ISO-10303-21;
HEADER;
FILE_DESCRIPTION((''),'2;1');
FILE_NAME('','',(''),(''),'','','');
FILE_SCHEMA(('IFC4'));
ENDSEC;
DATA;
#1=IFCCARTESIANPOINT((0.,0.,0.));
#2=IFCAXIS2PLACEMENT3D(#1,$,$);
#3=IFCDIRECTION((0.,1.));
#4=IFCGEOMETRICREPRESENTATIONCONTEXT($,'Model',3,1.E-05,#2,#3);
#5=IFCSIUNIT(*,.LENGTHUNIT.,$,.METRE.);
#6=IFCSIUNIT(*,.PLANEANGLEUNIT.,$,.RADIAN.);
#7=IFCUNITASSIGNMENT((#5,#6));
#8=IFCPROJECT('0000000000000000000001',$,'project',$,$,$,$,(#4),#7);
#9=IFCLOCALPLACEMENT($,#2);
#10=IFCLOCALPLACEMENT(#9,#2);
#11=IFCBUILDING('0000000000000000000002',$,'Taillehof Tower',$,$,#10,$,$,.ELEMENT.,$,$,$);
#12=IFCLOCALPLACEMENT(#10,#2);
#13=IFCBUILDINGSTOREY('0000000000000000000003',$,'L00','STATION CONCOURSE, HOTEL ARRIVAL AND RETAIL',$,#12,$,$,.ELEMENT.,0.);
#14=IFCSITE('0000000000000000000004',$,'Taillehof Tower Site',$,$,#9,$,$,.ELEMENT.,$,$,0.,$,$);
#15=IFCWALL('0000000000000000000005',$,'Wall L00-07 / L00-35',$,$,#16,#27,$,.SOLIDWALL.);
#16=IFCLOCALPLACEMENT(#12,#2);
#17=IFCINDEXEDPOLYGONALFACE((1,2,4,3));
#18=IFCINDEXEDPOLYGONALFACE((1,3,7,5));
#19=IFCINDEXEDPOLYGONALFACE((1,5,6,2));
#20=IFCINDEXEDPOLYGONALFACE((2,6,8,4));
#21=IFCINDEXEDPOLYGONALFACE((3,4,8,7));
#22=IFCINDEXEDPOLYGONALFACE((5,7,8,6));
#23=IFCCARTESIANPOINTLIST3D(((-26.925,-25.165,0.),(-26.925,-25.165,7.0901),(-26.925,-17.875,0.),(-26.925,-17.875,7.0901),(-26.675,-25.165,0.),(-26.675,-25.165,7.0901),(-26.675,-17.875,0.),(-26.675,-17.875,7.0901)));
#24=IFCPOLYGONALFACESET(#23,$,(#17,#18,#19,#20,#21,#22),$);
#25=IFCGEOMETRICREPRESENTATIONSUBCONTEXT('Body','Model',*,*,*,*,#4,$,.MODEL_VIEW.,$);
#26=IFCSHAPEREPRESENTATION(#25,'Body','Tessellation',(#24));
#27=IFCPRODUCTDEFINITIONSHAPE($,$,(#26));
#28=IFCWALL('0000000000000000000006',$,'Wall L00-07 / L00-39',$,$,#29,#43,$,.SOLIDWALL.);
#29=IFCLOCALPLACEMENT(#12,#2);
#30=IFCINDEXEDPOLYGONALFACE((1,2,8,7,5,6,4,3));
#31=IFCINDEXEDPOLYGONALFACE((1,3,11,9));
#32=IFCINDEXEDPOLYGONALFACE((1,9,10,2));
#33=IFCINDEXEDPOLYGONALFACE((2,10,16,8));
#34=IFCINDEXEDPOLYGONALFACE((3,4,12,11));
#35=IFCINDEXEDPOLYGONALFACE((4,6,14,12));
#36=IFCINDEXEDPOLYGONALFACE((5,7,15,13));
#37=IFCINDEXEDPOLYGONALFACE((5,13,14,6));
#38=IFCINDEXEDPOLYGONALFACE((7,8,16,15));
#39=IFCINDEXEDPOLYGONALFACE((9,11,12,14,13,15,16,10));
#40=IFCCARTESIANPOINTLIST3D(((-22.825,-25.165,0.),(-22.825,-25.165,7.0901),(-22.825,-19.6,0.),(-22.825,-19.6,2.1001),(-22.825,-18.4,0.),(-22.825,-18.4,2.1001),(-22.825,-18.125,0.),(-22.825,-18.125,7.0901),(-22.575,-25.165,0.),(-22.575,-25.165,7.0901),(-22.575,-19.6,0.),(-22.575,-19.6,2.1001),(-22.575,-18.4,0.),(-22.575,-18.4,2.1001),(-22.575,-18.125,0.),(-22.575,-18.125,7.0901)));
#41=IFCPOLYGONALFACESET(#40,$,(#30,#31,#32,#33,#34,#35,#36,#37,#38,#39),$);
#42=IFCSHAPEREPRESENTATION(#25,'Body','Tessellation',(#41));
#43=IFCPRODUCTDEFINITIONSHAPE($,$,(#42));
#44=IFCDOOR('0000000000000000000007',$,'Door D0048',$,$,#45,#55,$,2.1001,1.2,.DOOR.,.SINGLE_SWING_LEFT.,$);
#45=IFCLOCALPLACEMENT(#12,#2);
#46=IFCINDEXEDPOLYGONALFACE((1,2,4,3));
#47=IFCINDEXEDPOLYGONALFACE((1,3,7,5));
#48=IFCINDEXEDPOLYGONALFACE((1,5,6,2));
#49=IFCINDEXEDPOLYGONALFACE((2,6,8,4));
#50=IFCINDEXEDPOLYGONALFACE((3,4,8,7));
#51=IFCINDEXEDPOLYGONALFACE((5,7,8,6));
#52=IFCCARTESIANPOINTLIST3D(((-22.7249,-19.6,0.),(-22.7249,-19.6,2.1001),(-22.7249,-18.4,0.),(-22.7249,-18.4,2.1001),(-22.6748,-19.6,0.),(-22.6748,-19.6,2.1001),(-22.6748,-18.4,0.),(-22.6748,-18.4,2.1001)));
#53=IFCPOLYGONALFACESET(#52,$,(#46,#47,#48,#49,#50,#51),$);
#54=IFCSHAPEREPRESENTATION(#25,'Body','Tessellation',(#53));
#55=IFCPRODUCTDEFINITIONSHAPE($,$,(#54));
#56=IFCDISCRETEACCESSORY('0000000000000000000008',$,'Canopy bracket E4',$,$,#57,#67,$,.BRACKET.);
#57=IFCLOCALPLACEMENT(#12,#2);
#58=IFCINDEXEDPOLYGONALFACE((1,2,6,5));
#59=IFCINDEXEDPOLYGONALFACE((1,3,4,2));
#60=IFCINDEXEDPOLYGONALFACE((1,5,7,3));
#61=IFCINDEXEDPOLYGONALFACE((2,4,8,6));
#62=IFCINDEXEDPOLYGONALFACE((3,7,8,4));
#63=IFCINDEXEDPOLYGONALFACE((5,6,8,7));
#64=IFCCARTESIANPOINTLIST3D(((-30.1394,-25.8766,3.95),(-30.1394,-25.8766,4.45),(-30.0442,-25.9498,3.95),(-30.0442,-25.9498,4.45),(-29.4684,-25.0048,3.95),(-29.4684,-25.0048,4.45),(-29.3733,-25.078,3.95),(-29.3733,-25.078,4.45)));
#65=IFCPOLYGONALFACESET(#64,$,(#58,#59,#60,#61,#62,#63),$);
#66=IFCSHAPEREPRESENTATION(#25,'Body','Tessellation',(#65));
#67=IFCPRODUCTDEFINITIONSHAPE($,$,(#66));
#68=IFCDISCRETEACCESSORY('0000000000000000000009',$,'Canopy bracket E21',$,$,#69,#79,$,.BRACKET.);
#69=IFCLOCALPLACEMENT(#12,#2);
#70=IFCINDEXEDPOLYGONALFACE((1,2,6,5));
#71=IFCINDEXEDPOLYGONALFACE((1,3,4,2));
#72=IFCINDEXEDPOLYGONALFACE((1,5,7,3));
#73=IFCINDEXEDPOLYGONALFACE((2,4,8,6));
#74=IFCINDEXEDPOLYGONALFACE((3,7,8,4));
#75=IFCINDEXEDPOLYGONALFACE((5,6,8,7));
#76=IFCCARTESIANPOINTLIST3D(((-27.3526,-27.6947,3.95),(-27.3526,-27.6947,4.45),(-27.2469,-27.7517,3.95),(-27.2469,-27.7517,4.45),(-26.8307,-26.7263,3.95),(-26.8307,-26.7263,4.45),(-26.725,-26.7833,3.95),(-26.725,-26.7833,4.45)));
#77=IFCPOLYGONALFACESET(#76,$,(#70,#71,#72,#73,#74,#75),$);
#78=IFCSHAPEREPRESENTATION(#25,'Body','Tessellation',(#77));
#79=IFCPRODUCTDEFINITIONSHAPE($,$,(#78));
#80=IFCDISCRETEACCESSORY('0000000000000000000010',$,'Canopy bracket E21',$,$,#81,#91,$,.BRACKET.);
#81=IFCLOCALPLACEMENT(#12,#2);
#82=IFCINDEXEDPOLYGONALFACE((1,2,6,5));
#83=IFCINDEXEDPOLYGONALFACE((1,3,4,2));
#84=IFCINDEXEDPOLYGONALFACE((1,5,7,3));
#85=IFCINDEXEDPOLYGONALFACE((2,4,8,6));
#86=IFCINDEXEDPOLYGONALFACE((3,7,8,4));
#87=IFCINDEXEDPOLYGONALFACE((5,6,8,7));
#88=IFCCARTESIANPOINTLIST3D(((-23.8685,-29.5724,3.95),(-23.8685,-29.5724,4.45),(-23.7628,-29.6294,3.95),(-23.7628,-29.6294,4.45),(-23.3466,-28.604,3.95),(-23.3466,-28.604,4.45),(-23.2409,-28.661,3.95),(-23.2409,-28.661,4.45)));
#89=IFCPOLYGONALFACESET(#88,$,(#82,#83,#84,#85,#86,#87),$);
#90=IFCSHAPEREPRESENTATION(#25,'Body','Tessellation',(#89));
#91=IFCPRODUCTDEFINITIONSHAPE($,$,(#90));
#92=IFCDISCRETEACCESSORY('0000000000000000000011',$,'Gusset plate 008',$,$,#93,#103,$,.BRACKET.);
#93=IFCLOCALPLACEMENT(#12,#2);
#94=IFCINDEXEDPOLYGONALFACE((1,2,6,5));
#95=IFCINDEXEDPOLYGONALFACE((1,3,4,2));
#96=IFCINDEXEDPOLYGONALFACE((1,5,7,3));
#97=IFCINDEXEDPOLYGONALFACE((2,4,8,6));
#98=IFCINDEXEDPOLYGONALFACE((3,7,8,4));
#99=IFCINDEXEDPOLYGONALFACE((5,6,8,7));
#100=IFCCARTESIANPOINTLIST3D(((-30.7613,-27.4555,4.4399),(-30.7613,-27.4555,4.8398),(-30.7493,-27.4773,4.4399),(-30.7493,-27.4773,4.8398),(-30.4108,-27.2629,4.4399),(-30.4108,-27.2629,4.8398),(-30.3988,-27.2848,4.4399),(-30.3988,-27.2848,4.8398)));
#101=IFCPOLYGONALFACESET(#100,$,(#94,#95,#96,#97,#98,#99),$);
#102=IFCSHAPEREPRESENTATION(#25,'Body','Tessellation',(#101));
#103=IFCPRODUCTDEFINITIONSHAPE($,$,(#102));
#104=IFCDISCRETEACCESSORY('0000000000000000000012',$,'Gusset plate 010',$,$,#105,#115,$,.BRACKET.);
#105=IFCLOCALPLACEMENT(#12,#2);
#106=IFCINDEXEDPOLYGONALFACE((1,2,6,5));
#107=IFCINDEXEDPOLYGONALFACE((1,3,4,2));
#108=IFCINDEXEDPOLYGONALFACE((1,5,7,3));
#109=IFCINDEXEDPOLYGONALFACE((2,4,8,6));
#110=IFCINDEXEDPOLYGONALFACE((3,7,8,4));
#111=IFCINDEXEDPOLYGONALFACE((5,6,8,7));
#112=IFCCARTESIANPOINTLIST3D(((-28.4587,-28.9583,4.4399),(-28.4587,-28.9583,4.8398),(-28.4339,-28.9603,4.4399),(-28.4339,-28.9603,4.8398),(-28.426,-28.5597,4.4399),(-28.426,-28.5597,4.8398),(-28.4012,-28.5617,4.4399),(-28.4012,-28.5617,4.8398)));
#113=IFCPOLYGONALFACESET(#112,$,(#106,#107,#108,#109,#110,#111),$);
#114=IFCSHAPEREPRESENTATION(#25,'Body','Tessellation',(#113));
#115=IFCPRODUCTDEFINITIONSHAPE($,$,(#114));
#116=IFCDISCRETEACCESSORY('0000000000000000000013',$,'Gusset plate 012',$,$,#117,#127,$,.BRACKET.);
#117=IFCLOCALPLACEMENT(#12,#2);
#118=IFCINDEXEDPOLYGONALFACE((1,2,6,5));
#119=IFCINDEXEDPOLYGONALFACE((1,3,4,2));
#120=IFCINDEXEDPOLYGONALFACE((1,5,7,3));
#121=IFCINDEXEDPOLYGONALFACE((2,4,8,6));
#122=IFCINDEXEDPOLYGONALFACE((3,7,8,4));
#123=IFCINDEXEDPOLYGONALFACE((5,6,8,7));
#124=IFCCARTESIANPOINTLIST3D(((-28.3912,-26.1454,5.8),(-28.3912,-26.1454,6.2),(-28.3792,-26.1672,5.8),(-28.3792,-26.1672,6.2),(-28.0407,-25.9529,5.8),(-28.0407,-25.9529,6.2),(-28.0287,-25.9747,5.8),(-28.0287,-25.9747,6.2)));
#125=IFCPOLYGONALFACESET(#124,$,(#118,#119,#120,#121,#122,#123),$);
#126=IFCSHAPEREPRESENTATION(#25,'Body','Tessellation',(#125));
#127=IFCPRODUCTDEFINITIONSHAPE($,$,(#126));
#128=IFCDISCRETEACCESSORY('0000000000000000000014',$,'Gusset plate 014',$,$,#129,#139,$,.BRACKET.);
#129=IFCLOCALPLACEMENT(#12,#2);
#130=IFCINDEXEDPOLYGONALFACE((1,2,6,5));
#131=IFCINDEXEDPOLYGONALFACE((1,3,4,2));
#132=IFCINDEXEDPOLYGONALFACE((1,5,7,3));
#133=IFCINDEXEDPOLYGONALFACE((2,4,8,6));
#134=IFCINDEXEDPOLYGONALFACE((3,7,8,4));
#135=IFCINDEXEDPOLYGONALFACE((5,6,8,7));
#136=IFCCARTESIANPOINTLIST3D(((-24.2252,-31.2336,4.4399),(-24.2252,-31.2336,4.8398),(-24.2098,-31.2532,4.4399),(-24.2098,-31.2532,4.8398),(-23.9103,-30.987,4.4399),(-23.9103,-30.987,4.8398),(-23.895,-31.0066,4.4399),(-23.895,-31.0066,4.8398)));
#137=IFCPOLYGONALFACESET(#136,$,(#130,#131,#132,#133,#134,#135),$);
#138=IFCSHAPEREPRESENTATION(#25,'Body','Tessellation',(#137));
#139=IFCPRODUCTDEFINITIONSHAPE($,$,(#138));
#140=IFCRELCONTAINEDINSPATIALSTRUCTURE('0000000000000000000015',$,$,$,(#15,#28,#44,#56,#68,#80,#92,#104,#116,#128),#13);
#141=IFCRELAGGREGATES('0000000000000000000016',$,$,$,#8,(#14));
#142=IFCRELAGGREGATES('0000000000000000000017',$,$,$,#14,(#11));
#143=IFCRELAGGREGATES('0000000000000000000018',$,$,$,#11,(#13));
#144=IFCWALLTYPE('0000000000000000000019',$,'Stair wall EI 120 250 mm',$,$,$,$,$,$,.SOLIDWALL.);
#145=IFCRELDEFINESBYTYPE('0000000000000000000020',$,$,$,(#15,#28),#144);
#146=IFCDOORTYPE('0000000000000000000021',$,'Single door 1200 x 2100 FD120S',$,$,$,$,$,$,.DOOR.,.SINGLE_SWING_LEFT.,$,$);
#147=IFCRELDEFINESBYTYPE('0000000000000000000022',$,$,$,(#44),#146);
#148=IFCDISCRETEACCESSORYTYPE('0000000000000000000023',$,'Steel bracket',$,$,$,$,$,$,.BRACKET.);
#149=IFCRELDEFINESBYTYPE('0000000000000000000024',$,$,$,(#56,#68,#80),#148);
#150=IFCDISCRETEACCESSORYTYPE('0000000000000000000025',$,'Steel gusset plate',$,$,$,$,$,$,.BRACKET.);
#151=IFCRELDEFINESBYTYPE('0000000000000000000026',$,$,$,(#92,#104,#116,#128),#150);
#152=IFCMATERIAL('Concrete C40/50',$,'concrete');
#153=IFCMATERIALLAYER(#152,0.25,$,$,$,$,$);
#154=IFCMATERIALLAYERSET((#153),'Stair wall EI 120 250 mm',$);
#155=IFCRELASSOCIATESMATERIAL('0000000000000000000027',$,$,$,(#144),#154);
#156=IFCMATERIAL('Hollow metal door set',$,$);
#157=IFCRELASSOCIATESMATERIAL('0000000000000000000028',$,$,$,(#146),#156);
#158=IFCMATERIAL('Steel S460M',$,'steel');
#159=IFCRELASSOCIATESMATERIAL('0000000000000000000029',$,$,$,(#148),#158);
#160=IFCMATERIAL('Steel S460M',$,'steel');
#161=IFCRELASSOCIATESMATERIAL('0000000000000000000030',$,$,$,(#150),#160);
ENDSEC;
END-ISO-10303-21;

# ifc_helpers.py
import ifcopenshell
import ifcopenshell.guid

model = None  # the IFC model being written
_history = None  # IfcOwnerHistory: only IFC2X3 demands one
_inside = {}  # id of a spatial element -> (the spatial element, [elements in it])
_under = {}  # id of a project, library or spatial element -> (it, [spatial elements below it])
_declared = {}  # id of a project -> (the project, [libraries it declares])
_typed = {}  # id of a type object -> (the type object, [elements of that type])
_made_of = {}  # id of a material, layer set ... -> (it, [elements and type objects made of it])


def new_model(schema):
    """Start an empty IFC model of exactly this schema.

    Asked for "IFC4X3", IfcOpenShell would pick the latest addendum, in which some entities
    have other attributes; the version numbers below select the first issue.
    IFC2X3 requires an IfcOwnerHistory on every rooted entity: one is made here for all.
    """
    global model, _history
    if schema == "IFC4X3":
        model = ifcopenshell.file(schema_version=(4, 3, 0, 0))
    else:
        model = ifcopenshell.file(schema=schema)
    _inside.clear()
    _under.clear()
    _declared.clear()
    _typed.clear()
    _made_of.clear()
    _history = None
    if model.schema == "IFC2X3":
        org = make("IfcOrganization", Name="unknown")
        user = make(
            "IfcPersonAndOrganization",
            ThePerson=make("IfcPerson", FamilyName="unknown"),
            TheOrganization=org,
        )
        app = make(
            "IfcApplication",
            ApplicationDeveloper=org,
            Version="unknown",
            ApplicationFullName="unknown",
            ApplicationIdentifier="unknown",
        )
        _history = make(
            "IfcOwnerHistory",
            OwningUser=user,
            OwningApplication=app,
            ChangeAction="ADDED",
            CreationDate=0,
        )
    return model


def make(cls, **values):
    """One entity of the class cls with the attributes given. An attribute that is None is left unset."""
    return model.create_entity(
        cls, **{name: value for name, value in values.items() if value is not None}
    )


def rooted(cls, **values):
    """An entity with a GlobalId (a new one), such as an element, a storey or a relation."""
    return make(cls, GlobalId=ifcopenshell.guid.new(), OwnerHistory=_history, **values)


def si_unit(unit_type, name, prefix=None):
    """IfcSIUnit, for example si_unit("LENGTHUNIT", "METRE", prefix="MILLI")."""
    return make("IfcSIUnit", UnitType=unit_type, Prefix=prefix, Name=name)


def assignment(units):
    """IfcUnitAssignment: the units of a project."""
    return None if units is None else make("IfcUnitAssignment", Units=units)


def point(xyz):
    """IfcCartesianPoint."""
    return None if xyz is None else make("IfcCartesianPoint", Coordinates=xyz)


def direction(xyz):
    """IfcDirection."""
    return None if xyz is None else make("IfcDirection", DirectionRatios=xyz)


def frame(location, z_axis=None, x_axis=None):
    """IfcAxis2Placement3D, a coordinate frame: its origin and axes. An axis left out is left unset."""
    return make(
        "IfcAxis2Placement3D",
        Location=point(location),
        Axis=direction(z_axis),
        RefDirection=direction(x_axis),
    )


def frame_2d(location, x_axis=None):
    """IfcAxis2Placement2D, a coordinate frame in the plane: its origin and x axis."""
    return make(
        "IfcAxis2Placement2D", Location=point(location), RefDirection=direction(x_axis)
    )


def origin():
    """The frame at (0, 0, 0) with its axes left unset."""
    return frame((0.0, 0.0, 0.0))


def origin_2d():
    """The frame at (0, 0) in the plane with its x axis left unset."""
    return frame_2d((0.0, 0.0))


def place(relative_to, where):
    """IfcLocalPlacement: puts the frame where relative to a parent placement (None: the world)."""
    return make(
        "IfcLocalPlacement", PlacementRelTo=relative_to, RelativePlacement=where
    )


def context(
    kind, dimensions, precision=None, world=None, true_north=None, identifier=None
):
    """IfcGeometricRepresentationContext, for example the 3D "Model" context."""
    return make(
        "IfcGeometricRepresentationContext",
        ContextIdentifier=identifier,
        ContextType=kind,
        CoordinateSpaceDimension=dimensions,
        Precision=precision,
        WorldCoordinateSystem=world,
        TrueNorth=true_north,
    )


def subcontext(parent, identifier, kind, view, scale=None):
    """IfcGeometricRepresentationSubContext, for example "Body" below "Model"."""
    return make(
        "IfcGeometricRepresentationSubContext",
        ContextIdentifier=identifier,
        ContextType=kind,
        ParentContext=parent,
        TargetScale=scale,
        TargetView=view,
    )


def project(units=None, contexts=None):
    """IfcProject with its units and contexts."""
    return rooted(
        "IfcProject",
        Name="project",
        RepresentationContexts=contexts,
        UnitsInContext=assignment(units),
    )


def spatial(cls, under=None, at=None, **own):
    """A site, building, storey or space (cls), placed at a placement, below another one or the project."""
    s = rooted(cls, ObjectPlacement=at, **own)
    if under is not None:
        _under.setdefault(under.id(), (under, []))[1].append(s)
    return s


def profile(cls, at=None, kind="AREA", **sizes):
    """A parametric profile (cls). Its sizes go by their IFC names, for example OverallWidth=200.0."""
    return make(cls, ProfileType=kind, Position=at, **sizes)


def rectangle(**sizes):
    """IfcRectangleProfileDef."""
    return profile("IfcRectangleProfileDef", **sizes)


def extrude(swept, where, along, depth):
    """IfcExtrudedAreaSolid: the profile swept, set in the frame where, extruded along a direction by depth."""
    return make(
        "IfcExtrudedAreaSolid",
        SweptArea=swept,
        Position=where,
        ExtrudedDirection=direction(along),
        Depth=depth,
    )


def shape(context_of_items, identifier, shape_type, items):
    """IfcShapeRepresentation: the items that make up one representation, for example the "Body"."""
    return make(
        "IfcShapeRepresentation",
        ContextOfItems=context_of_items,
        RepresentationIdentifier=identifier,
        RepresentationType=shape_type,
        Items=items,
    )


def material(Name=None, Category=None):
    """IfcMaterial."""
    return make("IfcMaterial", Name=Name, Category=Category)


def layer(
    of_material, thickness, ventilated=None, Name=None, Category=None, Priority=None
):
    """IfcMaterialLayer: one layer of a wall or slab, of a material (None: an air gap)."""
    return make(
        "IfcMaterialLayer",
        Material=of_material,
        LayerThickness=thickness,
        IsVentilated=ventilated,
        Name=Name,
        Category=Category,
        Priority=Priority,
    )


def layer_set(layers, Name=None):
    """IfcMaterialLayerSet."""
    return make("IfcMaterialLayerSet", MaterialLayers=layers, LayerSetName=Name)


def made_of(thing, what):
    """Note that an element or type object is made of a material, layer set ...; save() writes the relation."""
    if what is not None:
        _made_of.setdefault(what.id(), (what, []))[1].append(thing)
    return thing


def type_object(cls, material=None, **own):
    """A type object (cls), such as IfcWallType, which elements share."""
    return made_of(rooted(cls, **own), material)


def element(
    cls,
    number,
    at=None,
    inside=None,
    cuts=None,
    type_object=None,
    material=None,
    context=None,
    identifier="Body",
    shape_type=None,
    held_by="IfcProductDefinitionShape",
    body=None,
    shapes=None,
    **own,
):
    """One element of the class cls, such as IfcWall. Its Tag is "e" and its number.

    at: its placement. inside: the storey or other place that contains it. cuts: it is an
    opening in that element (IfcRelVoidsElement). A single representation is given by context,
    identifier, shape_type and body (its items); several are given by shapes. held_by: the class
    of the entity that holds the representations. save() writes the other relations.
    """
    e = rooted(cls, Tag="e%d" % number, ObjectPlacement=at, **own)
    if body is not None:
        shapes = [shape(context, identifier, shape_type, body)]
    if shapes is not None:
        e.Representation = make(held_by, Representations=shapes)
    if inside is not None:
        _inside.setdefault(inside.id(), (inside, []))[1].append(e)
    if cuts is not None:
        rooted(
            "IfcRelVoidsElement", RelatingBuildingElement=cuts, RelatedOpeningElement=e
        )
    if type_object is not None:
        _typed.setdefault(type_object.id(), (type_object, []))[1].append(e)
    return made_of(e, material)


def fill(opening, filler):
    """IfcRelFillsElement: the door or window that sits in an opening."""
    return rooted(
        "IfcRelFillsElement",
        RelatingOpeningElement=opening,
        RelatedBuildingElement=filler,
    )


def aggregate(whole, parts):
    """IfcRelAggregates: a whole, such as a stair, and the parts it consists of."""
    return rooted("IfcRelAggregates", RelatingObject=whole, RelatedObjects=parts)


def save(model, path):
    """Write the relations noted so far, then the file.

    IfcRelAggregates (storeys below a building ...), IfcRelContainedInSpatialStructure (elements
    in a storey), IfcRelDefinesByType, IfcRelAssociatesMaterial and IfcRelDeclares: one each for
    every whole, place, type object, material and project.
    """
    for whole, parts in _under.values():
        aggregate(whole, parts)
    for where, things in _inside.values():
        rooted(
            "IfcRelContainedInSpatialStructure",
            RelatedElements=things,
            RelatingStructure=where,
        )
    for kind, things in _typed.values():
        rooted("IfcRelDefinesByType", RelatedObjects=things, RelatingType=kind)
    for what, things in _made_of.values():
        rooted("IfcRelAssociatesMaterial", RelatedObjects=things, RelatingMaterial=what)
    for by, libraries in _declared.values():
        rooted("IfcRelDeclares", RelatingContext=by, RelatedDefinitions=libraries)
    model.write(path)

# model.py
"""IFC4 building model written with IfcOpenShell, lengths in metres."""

from ifc_helpers import new_model, si_unit, direction, frame, frame_2d, origin, origin_2d, place, context, subcontext, project, spatial, rectangle, extrude, material, layer, layer_set, type_object, element, fill, save


model = new_model("IFC4")

# Units and contexts
model_context = context("Model", 3, precision=1e-05, world=origin(), true_north=direction((0.0, 1.0)))
body_context = subcontext(model_context, "Body", "Model", "MODEL_VIEW")
ifc_project = project(units=[si_unit("LENGTHUNIT", "METRE"), si_unit("PLANEANGLEUNIT", "RADIAN")], contexts=[model_context])

# Site, building, storey
site_placement = place(None, origin())
site = spatial("IfcSite", under=ifc_project, at=site_placement, Name="Taillehof Tower Site", CompositionType="ELEMENT", RefElevation=0.0)
building_placement = place(site_placement, origin())
building = spatial("IfcBuilding", under=site, at=building_placement, Name="Taillehof Tower", CompositionType="ELEMENT")
storey_placement = place(building_placement, origin())
storey = spatial("IfcBuildingStorey", under=building, at=storey_placement, Name="L00", Description="STATION CONCOURSE, HOTEL ARRIVAL AND RETAIL", CompositionType="ELEMENT", Elevation=0.0)

# Wall
ifc_material_1 = material(Name="Concrete C40/50", Category="concrete")
ifc_layer_1 = layer(ifc_material_1, 0.25)
ifc_layer_set_1 = layer_set([ifc_layer_1], Name="Stair wall EI 120 250 mm")
wall_type_1 = type_object("IfcWallType", Name="Stair wall EI 120 250 mm", PredefinedType="SOLIDWALL", material=ifc_layer_set_1)
wall_1_placement = place(storey_placement, frame((-26.8, -25.165, 0.0), z_axis=(0.0, 0.0, 1.0), x_axis=(0.0, 1.0, 0.0)))
element("IfcWall", 1, at=wall_1_placement, inside=storey, type_object=wall_type_1, Name="Wall L00-07 / L00-35", PredefinedType="SOLIDWALL", context=body_context, shape_type="SweptSolid", body=[
    extrude(rectangle(XDim=7.29, YDim=0.25, at=frame_2d((3.645, 0.0))), origin(), (0.0, 0.0, 1.0), 7.0901),
])

# Wall, opening, door
wall_2_placement = place(storey_placement, frame((-22.7, -25.165, 0.0), z_axis=(0.0, 0.0, 1.0), x_axis=(0.0, 1.0, 0.0)))
wall_2 = element("IfcWall", 2, at=wall_2_placement, inside=storey, type_object=wall_type_1, Name="Wall L00-07 / L00-39", PredefinedType="SOLIDWALL", context=body_context, shape_type="SweptSolid", body=[
    extrude(rectangle(XDim=7.04, YDim=0.25, at=frame_2d((3.52, 0.0))), origin(), (0.0, 0.0, 1.0), 7.0901),
])
opening_1_placement = place(wall_2_placement, frame((5.5649, 0.0, 0.0)))
opening_1 = element("IfcOpeningElement", 3, at=opening_1_placement, cuts=wall_2, PredefinedType="OPENING", context=body_context, shape_type="SweptSolid", body=[
    extrude(rectangle(XDim=1.2, YDim=2.1001, at=frame_2d((0.6001, 1.05))), frame((0.0, 0.135, 0.0), z_axis=(0.0, -1.0, 0.0), x_axis=(1.0, 0.0, 0.0)), (0.0, 0.0, 1.0), 0.27),
])
ifc_material_2 = material(Name="Hollow metal door set")
door_type_1 = type_object("IfcDoorType", Name="Single door 1200 x 2100 FD120S", OperationType="SINGLE_SWING_LEFT", PredefinedType="DOOR", material=ifc_material_2)
door_1_placement = place(opening_1_placement, origin())
door_1 = element("IfcDoor", 4, at=door_1_placement, inside=storey, type_object=door_type_1, Name="Door D0048", OperationType="SINGLE_SWING_LEFT", OverallHeight=2.1001, OverallWidth=1.2, PredefinedType="DOOR", context=body_context, shape_type="SweptSolid", body=[
    extrude(rectangle(XDim=1.2, YDim=2.1001, at=frame_2d((0.6001, 1.05))), frame((0.0, 0.0249, 0.0), z_axis=(0.0, -1.0, 0.0), x_axis=(1.0, 0.0, 0.0)), (0.0, 0.0, 1.0), 0.05),
])
fill(opening_1, door_1)

# Discrete accessories
ifc_material_3 = material(Name="Steel S460M", Category="steel")
discrete_accessory_type_1 = type_object("IfcDiscreteAccessoryType", Name="Steel bracket", PredefinedType="BRACKET", material=ifc_material_3)
for number, where, z_axis, x_axis, name in (
    (5, (-29.7563, -25.4773, 3.95), (0.0, 0.0, 1.0), (-0.609932, -0.792454, 0.0), "Canopy bracket E4"),
    (6, (-27.0388, -27.239, 3.95), (0.0, 0.0, 1.0), (-0.474415, -0.880301, 0.0), "Canopy bracket E21"),
    (7, (-23.5547, -29.1167, 3.95), (0.0, 0.0, 1.0), (-0.474415, -0.880301, 0.0), "Canopy bracket E21"),
):
    element("IfcDiscreteAccessory", number, at=place(storey_placement, frame(where, z_axis=z_axis, x_axis=x_axis)), inside=storey, type_object=discrete_accessory_type_1, Name=name, PredefinedType="BRACKET", context=body_context, shape_type="SweptSolid", body=[
        extrude(rectangle(XDim=1.1001, YDim=0.1201, at=origin_2d()), origin(), (0.0, 0.0, 1.0), 0.5),
    ])
ifc_material_4 = material(Name="Steel S460M", Category="steel")
discrete_accessory_type_2 = type_object("IfcDiscreteAccessoryType", Name="Steel gusset plate", PredefinedType="BRACKET", material=ifc_material_4)
for number, where, z_axis, x_axis, name in (
    (8, (-30.5801, -27.3701, 4.4399), (0.0, 0.0, 1.0), (0.876478, 0.481442, 0.0), "Gusset plate 008"),
    (9, (-28.4299, -28.76, 4.4399), (0.0, 0.0, 1.0), (0.081679, 0.996659, 0.0), "Gusset plate 010"),
    (10, (-28.21, -26.0601, 5.8), (0.0, 0.0, 1.0), (0.876478, 0.481442, 0.0), "Gusset plate 012"),
    (11, (-24.0601, -31.1201, 4.4399), (0.0, 0.0, 1.0), (0.787273, 0.616605, 0.0), "Gusset plate 014"),
):
    element("IfcDiscreteAccessory", number, at=place(storey_placement, frame(where, z_axis=z_axis, x_axis=x_axis)), inside=storey, type_object=discrete_accessory_type_2, Name=name, PredefinedType="BRACKET", context=body_context, shape_type="SweptSolid", body=[
        extrude(rectangle(XDim=0.3999, YDim=0.0249, at=origin_2d()), origin(), (0.0, 0.0, 1.0), 0.3999),
    ])

save(model, "model.ifc")
